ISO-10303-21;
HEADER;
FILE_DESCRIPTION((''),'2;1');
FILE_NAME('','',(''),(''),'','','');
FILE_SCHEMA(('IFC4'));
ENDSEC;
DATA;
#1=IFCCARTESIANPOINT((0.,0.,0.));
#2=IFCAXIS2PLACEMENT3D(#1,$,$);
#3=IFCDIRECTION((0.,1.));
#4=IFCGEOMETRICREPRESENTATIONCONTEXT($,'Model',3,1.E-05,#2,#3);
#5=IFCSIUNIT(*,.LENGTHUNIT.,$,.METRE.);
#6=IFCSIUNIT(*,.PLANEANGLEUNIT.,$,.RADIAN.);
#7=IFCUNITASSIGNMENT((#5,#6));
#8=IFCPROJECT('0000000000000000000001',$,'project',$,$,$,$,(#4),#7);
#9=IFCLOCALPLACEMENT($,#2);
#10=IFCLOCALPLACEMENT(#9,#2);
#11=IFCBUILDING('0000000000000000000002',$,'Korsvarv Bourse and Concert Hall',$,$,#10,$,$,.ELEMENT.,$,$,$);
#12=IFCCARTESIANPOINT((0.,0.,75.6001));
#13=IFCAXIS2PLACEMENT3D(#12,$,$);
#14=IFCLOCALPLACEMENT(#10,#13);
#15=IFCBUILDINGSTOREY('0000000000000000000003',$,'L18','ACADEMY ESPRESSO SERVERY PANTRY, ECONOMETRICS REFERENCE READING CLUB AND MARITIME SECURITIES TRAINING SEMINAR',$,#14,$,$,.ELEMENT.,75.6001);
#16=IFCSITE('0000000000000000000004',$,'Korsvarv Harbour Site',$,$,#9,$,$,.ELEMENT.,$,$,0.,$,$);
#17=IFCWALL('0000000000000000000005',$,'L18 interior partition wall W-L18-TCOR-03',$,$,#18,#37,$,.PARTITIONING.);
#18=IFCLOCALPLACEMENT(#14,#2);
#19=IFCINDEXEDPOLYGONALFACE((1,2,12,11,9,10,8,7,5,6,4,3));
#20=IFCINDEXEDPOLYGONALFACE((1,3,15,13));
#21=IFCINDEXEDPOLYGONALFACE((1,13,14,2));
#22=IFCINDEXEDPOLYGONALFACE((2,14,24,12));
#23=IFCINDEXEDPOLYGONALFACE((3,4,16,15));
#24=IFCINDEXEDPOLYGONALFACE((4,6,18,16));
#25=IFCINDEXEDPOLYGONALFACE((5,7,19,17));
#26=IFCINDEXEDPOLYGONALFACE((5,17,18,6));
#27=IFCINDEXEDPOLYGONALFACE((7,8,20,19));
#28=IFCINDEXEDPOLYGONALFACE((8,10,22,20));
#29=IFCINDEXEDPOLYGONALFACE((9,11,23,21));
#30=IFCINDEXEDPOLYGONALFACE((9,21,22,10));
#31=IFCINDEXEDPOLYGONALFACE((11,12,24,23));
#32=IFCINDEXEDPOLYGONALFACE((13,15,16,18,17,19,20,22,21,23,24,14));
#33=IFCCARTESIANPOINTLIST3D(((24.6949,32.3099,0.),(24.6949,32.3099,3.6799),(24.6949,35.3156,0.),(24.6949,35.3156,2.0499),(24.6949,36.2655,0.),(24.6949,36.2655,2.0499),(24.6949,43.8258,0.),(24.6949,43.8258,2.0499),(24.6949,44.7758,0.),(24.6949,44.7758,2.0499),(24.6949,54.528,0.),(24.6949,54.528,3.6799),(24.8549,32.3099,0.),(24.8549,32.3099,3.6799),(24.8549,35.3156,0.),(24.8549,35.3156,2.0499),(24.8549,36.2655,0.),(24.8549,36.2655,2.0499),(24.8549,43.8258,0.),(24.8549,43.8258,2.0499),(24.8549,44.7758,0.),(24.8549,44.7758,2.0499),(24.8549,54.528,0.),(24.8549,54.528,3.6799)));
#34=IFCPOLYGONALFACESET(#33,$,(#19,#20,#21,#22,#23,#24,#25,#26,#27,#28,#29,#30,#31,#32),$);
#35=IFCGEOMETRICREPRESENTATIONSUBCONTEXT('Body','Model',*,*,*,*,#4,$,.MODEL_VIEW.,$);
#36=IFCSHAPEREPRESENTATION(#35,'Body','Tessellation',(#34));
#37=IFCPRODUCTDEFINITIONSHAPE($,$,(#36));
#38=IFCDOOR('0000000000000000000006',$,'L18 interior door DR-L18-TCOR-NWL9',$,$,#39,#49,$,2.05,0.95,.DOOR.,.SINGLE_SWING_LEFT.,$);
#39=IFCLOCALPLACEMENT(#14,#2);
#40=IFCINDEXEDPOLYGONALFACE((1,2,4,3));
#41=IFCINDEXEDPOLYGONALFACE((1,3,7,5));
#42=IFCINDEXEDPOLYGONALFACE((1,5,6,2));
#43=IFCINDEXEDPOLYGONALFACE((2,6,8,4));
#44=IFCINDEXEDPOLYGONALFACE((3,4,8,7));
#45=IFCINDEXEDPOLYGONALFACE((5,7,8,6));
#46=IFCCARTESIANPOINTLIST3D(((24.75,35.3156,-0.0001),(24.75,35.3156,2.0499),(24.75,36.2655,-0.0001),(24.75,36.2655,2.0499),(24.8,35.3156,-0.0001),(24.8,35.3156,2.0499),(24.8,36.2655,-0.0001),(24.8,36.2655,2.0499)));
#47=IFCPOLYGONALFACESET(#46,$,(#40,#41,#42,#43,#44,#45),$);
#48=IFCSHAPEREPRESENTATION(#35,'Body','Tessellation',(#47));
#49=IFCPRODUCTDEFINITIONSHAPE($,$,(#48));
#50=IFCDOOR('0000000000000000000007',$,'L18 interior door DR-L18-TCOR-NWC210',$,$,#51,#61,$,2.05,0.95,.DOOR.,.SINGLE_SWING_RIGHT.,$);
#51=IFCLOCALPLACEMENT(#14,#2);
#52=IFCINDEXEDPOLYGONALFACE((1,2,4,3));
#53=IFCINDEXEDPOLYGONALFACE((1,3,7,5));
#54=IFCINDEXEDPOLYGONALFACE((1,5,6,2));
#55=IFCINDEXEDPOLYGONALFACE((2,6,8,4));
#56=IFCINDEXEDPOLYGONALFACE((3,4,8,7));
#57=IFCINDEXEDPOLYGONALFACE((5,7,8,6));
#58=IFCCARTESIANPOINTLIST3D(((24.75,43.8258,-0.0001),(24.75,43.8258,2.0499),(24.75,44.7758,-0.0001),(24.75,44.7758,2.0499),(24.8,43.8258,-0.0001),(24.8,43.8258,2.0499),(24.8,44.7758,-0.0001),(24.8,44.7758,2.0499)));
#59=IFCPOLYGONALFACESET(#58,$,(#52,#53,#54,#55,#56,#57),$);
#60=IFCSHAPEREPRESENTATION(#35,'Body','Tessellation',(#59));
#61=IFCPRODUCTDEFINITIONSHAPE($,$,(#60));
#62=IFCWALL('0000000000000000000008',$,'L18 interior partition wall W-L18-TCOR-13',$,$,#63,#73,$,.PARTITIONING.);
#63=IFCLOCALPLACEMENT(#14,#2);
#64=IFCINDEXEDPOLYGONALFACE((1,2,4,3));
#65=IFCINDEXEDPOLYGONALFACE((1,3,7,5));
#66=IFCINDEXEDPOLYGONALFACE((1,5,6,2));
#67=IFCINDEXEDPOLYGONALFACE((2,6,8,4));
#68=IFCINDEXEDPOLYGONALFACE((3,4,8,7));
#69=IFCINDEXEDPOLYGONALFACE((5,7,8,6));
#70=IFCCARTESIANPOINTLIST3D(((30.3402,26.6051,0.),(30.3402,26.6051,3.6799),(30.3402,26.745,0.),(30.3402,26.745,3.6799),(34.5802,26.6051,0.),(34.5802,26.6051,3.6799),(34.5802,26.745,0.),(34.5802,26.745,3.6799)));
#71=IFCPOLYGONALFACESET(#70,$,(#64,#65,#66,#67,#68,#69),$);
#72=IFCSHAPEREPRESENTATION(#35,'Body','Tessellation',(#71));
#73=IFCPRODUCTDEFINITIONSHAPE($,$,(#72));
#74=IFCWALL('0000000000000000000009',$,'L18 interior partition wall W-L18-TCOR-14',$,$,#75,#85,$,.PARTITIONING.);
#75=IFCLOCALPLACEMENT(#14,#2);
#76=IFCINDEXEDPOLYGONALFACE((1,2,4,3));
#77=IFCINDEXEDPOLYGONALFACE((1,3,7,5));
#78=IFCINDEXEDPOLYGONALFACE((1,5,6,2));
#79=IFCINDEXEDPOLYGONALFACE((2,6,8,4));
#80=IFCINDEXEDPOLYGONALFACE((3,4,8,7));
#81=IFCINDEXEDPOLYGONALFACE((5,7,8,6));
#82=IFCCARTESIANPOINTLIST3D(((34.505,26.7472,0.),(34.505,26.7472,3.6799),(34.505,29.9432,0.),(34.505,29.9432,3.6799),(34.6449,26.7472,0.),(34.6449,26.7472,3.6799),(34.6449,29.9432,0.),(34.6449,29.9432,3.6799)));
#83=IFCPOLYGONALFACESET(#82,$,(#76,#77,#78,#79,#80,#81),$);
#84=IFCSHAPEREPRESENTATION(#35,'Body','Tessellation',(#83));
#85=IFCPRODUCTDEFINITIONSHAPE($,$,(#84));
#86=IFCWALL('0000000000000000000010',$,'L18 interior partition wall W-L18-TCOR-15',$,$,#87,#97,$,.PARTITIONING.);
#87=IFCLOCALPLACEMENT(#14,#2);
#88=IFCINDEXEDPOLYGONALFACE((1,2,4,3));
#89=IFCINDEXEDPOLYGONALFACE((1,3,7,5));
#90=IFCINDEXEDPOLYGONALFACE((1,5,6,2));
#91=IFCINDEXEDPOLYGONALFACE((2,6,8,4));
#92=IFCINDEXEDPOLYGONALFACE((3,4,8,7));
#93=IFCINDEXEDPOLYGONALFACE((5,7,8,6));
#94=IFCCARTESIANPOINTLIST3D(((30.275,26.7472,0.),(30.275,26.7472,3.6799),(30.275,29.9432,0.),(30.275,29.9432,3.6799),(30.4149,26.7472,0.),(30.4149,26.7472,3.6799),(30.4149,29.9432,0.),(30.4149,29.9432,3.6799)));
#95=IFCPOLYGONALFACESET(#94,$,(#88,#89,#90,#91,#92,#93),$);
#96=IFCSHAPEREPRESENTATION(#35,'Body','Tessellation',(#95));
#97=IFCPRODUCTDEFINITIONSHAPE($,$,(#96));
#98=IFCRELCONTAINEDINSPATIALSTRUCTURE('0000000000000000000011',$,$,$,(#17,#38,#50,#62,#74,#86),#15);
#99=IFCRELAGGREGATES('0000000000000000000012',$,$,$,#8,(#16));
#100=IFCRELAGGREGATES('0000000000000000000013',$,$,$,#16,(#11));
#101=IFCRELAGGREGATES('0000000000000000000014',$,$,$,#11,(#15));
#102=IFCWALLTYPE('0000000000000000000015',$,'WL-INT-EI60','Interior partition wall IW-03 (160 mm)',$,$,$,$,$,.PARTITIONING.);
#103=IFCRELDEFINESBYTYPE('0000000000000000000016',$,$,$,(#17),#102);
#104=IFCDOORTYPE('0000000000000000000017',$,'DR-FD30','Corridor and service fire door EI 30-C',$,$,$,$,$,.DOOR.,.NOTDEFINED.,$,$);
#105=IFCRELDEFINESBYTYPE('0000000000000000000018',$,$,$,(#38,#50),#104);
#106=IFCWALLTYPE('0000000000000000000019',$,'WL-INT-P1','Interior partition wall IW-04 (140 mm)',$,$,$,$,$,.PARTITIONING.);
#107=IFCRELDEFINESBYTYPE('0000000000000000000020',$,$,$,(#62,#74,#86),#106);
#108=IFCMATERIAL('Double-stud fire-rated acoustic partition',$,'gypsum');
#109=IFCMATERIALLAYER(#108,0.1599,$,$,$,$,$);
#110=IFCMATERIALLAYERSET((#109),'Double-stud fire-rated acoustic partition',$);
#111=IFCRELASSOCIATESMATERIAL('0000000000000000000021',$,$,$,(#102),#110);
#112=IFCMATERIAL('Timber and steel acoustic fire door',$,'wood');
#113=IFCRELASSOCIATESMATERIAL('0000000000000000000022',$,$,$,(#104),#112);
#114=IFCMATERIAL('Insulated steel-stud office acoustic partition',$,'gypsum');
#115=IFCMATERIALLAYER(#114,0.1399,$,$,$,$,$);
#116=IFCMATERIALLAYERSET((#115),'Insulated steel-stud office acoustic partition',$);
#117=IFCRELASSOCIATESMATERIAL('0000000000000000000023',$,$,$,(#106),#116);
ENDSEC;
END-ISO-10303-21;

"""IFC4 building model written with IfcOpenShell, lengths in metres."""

from ifc_helpers import new_model, si_unit, direction, frame, frame_2d, origin, place, context, subcontext, project, spatial, rectangle, extrude, material, layer, layer_set, type_object, element, fill, save


model = new_model("IFC4")

# Units and contexts
model_context = context("Model", 3, precision=1e-05, world=origin(), true_north=direction((0.0, 1.0)))
body_context = subcontext(model_context, "Body", "Model", "MODEL_VIEW")
ifc_project = project(units=[si_unit("LENGTHUNIT", "METRE"), si_unit("PLANEANGLEUNIT", "RADIAN")], contexts=[model_context])

# Site, building, storey
site_placement = place(None, origin())
site = spatial("IfcSite", under=ifc_project, at=site_placement, Name="Korsvarv Harbour Site", CompositionType="ELEMENT", RefElevation=0.0)
building_placement = place(site_placement, origin())
building = spatial("IfcBuilding", under=site, at=building_placement, Name="Korsvarv Bourse and Concert Hall", CompositionType="ELEMENT")
storey_placement = place(building_placement, frame((0.0, 0.0, 75.6001)))
storey = spatial("IfcBuildingStorey", under=building, at=storey_placement, Name="L18", Description="ACADEMY ESPRESSO SERVERY PANTRY, ECONOMETRICS REFERENCE READING CLUB AND MARITIME SECURITIES TRAINING SEMINAR", CompositionType="ELEMENT", Elevation=75.6001)

# Wall, openings, doors
ifc_material_1 = material(Name="Double-stud fire-rated acoustic partition", Category="gypsum")
ifc_layer_1 = layer(ifc_material_1, 0.1599)
ifc_layer_set_1 = layer_set([ifc_layer_1], Name="Double-stud fire-rated acoustic partition")
wall_type_1 = type_object("IfcWallType", Name="WL-INT-EI60", Description="Interior partition wall IW-03 (160 mm)", PredefinedType="PARTITIONING", material=ifc_layer_set_1)
wall_1_placement = place(storey_placement, frame((24.7749, 32.3101, 0.0), z_axis=(0.0, 0.0, 1.0), x_axis=(0.0, 1.0, 0.0)))
wall_1 = element("IfcWall", 1, at=wall_1_placement, inside=storey, type_object=wall_type_1, Name="L18 interior partition wall W-L18-TCOR-03", PredefinedType="PARTITIONING", context=body_context, shape_type="SweptSolid", body=[
    extrude(rectangle(XDim=22.218, YDim=0.1599, at=frame_2d((11.1089, 0.0))), origin(), (0.0, 0.0, 1.0), 3.6799),
])
opening_1_placement = place(wall_1_placement, frame((3.0054, 0.0, 0.0)))
opening_1 = element("IfcOpeningElement", 2, at=opening_1_placement, cuts=wall_1, PredefinedType="OPENING", context=body_context, shape_type="SweptSolid", body=[
    extrude(rectangle(XDim=0.95, YDim=2.05, at=frame_2d((0.4751, 1.0249))), frame((0.0, 0.0898, 0.0), z_axis=(0.0, -1.0, 0.0), x_axis=(1.0, 0.0, 0.0)), (0.0, 0.0, 1.0), 0.1799),
])
opening_2_placement = place(wall_1_placement, frame((11.5156, 0.0, 0.0)))
opening_2 = element("IfcOpeningElement", 3, at=opening_2_placement, cuts=wall_1, PredefinedType="OPENING", context=body_context, shape_type="SweptSolid", body=[
    extrude(rectangle(XDim=0.95, YDim=2.05, at=frame_2d((0.4751, 1.0249))), frame((0.0, 0.0898, 0.0), z_axis=(0.0, -1.0, 0.0), x_axis=(1.0, 0.0, 0.0)), (0.0, 0.0, 1.0), 0.1799),
])
ifc_material_2 = material(Name="Timber and steel acoustic fire door", Category="wood")
door_type = type_object("IfcDoorType", Name="DR-FD30", Description="Corridor and service fire door EI 30-C", OperationType="NOTDEFINED", PredefinedType="DOOR", material=ifc_material_2)
door_1_placement = place(opening_1_placement, origin())
door_1 = element("IfcDoor", 4, at=door_1_placement, inside=storey, type_object=door_type, Name="L18 interior door DR-L18-TCOR-NWL9", OperationType="SINGLE_SWING_LEFT", OverallHeight=2.05, OverallWidth=0.95, PredefinedType="DOOR", context=body_context, shape_type="SweptSolid", body=[
    extrude(rectangle(XDim=0.95, YDim=2.05, at=frame_2d((0.4751, 1.0249))), frame((0.0, 0.0249, 0.0), z_axis=(0.0, -1.0, 0.0), x_axis=(1.0, 0.0, 0.0)), (0.0, 0.0, 1.0), 0.05),
])
fill(opening_1, door_1)
door_2_placement = place(opening_2_placement, origin())
door_2 = element("IfcDoor", 5, at=door_2_placement, inside=storey, type_object=door_type, Name="L18 interior door DR-L18-TCOR-NWC210", OperationType="SINGLE_SWING_RIGHT", OverallHeight=2.05, OverallWidth=0.95, PredefinedType="DOOR", context=body_context, shape_type="SweptSolid", body=[
    extrude(rectangle(XDim=0.95, YDim=2.05, at=frame_2d((0.4751, 1.0249))), frame((0.0, 0.0249, 0.0), z_axis=(0.0, -1.0, 0.0), x_axis=(1.0, 0.0, 0.0)), (0.0, 0.0, 1.0), 0.05),
])
fill(opening_2, door_2)

# Walls
ifc_material_3 = material(Name="Insulated steel-stud office acoustic partition", Category="gypsum")
ifc_layer_2 = layer(ifc_material_3, 0.1399)
ifc_layer_set_2 = layer_set([ifc_layer_2], Name="Insulated steel-stud office acoustic partition")
wall_type_2 = type_object("IfcWallType", Name="WL-INT-P1", Description="Interior partition wall IW-04 (140 mm)", PredefinedType="PARTITIONING", material=ifc_layer_set_2)
wall_2_placement = place(storey_placement, frame((30.3401, 26.675, 0.0), z_axis=(0.0, 0.0, 1.0), x_axis=(1.0, 0.0, 0.0)))
element("IfcWall", 6, at=wall_2_placement, inside=storey, type_object=wall_type_2, Name="L18 interior partition wall W-L18-TCOR-13", PredefinedType="PARTITIONING", context=body_context, shape_type="SweptSolid", body=[
    extrude(rectangle(XDim=4.24, YDim=0.1399, at=frame_2d((2.1201, 0.0))), origin(), (0.0, 0.0, 1.0), 3.6799),
])
for number, where, z_axis, x_axis, name in (
    (7, (34.575, 26.7471, 0.0), (0.0, 0.0, 1.0), (0.0, 1.0, 0.0), "L18 interior partition wall W-L18-TCOR-14"),
    (8, (30.345, 26.7471, 0.0), (0.0, 0.0, 1.0), (0.0, 1.0, 0.0), "L18 interior partition wall W-L18-TCOR-15"),
):
    element("IfcWall", number, at=place(storey_placement, frame(where, z_axis=z_axis, x_axis=x_axis)), inside=storey, type_object=wall_type_2, Name=name, PredefinedType="PARTITIONING", context=body_context, shape_type="SweptSolid", body=[
        extrude(rectangle(XDim=3.196, YDim=0.1399, at=frame_2d((1.5981, 0.0))), origin(), (0.0, 0.0, 1.0), 3.6799),
    ])

save(model, "model.ifc")
